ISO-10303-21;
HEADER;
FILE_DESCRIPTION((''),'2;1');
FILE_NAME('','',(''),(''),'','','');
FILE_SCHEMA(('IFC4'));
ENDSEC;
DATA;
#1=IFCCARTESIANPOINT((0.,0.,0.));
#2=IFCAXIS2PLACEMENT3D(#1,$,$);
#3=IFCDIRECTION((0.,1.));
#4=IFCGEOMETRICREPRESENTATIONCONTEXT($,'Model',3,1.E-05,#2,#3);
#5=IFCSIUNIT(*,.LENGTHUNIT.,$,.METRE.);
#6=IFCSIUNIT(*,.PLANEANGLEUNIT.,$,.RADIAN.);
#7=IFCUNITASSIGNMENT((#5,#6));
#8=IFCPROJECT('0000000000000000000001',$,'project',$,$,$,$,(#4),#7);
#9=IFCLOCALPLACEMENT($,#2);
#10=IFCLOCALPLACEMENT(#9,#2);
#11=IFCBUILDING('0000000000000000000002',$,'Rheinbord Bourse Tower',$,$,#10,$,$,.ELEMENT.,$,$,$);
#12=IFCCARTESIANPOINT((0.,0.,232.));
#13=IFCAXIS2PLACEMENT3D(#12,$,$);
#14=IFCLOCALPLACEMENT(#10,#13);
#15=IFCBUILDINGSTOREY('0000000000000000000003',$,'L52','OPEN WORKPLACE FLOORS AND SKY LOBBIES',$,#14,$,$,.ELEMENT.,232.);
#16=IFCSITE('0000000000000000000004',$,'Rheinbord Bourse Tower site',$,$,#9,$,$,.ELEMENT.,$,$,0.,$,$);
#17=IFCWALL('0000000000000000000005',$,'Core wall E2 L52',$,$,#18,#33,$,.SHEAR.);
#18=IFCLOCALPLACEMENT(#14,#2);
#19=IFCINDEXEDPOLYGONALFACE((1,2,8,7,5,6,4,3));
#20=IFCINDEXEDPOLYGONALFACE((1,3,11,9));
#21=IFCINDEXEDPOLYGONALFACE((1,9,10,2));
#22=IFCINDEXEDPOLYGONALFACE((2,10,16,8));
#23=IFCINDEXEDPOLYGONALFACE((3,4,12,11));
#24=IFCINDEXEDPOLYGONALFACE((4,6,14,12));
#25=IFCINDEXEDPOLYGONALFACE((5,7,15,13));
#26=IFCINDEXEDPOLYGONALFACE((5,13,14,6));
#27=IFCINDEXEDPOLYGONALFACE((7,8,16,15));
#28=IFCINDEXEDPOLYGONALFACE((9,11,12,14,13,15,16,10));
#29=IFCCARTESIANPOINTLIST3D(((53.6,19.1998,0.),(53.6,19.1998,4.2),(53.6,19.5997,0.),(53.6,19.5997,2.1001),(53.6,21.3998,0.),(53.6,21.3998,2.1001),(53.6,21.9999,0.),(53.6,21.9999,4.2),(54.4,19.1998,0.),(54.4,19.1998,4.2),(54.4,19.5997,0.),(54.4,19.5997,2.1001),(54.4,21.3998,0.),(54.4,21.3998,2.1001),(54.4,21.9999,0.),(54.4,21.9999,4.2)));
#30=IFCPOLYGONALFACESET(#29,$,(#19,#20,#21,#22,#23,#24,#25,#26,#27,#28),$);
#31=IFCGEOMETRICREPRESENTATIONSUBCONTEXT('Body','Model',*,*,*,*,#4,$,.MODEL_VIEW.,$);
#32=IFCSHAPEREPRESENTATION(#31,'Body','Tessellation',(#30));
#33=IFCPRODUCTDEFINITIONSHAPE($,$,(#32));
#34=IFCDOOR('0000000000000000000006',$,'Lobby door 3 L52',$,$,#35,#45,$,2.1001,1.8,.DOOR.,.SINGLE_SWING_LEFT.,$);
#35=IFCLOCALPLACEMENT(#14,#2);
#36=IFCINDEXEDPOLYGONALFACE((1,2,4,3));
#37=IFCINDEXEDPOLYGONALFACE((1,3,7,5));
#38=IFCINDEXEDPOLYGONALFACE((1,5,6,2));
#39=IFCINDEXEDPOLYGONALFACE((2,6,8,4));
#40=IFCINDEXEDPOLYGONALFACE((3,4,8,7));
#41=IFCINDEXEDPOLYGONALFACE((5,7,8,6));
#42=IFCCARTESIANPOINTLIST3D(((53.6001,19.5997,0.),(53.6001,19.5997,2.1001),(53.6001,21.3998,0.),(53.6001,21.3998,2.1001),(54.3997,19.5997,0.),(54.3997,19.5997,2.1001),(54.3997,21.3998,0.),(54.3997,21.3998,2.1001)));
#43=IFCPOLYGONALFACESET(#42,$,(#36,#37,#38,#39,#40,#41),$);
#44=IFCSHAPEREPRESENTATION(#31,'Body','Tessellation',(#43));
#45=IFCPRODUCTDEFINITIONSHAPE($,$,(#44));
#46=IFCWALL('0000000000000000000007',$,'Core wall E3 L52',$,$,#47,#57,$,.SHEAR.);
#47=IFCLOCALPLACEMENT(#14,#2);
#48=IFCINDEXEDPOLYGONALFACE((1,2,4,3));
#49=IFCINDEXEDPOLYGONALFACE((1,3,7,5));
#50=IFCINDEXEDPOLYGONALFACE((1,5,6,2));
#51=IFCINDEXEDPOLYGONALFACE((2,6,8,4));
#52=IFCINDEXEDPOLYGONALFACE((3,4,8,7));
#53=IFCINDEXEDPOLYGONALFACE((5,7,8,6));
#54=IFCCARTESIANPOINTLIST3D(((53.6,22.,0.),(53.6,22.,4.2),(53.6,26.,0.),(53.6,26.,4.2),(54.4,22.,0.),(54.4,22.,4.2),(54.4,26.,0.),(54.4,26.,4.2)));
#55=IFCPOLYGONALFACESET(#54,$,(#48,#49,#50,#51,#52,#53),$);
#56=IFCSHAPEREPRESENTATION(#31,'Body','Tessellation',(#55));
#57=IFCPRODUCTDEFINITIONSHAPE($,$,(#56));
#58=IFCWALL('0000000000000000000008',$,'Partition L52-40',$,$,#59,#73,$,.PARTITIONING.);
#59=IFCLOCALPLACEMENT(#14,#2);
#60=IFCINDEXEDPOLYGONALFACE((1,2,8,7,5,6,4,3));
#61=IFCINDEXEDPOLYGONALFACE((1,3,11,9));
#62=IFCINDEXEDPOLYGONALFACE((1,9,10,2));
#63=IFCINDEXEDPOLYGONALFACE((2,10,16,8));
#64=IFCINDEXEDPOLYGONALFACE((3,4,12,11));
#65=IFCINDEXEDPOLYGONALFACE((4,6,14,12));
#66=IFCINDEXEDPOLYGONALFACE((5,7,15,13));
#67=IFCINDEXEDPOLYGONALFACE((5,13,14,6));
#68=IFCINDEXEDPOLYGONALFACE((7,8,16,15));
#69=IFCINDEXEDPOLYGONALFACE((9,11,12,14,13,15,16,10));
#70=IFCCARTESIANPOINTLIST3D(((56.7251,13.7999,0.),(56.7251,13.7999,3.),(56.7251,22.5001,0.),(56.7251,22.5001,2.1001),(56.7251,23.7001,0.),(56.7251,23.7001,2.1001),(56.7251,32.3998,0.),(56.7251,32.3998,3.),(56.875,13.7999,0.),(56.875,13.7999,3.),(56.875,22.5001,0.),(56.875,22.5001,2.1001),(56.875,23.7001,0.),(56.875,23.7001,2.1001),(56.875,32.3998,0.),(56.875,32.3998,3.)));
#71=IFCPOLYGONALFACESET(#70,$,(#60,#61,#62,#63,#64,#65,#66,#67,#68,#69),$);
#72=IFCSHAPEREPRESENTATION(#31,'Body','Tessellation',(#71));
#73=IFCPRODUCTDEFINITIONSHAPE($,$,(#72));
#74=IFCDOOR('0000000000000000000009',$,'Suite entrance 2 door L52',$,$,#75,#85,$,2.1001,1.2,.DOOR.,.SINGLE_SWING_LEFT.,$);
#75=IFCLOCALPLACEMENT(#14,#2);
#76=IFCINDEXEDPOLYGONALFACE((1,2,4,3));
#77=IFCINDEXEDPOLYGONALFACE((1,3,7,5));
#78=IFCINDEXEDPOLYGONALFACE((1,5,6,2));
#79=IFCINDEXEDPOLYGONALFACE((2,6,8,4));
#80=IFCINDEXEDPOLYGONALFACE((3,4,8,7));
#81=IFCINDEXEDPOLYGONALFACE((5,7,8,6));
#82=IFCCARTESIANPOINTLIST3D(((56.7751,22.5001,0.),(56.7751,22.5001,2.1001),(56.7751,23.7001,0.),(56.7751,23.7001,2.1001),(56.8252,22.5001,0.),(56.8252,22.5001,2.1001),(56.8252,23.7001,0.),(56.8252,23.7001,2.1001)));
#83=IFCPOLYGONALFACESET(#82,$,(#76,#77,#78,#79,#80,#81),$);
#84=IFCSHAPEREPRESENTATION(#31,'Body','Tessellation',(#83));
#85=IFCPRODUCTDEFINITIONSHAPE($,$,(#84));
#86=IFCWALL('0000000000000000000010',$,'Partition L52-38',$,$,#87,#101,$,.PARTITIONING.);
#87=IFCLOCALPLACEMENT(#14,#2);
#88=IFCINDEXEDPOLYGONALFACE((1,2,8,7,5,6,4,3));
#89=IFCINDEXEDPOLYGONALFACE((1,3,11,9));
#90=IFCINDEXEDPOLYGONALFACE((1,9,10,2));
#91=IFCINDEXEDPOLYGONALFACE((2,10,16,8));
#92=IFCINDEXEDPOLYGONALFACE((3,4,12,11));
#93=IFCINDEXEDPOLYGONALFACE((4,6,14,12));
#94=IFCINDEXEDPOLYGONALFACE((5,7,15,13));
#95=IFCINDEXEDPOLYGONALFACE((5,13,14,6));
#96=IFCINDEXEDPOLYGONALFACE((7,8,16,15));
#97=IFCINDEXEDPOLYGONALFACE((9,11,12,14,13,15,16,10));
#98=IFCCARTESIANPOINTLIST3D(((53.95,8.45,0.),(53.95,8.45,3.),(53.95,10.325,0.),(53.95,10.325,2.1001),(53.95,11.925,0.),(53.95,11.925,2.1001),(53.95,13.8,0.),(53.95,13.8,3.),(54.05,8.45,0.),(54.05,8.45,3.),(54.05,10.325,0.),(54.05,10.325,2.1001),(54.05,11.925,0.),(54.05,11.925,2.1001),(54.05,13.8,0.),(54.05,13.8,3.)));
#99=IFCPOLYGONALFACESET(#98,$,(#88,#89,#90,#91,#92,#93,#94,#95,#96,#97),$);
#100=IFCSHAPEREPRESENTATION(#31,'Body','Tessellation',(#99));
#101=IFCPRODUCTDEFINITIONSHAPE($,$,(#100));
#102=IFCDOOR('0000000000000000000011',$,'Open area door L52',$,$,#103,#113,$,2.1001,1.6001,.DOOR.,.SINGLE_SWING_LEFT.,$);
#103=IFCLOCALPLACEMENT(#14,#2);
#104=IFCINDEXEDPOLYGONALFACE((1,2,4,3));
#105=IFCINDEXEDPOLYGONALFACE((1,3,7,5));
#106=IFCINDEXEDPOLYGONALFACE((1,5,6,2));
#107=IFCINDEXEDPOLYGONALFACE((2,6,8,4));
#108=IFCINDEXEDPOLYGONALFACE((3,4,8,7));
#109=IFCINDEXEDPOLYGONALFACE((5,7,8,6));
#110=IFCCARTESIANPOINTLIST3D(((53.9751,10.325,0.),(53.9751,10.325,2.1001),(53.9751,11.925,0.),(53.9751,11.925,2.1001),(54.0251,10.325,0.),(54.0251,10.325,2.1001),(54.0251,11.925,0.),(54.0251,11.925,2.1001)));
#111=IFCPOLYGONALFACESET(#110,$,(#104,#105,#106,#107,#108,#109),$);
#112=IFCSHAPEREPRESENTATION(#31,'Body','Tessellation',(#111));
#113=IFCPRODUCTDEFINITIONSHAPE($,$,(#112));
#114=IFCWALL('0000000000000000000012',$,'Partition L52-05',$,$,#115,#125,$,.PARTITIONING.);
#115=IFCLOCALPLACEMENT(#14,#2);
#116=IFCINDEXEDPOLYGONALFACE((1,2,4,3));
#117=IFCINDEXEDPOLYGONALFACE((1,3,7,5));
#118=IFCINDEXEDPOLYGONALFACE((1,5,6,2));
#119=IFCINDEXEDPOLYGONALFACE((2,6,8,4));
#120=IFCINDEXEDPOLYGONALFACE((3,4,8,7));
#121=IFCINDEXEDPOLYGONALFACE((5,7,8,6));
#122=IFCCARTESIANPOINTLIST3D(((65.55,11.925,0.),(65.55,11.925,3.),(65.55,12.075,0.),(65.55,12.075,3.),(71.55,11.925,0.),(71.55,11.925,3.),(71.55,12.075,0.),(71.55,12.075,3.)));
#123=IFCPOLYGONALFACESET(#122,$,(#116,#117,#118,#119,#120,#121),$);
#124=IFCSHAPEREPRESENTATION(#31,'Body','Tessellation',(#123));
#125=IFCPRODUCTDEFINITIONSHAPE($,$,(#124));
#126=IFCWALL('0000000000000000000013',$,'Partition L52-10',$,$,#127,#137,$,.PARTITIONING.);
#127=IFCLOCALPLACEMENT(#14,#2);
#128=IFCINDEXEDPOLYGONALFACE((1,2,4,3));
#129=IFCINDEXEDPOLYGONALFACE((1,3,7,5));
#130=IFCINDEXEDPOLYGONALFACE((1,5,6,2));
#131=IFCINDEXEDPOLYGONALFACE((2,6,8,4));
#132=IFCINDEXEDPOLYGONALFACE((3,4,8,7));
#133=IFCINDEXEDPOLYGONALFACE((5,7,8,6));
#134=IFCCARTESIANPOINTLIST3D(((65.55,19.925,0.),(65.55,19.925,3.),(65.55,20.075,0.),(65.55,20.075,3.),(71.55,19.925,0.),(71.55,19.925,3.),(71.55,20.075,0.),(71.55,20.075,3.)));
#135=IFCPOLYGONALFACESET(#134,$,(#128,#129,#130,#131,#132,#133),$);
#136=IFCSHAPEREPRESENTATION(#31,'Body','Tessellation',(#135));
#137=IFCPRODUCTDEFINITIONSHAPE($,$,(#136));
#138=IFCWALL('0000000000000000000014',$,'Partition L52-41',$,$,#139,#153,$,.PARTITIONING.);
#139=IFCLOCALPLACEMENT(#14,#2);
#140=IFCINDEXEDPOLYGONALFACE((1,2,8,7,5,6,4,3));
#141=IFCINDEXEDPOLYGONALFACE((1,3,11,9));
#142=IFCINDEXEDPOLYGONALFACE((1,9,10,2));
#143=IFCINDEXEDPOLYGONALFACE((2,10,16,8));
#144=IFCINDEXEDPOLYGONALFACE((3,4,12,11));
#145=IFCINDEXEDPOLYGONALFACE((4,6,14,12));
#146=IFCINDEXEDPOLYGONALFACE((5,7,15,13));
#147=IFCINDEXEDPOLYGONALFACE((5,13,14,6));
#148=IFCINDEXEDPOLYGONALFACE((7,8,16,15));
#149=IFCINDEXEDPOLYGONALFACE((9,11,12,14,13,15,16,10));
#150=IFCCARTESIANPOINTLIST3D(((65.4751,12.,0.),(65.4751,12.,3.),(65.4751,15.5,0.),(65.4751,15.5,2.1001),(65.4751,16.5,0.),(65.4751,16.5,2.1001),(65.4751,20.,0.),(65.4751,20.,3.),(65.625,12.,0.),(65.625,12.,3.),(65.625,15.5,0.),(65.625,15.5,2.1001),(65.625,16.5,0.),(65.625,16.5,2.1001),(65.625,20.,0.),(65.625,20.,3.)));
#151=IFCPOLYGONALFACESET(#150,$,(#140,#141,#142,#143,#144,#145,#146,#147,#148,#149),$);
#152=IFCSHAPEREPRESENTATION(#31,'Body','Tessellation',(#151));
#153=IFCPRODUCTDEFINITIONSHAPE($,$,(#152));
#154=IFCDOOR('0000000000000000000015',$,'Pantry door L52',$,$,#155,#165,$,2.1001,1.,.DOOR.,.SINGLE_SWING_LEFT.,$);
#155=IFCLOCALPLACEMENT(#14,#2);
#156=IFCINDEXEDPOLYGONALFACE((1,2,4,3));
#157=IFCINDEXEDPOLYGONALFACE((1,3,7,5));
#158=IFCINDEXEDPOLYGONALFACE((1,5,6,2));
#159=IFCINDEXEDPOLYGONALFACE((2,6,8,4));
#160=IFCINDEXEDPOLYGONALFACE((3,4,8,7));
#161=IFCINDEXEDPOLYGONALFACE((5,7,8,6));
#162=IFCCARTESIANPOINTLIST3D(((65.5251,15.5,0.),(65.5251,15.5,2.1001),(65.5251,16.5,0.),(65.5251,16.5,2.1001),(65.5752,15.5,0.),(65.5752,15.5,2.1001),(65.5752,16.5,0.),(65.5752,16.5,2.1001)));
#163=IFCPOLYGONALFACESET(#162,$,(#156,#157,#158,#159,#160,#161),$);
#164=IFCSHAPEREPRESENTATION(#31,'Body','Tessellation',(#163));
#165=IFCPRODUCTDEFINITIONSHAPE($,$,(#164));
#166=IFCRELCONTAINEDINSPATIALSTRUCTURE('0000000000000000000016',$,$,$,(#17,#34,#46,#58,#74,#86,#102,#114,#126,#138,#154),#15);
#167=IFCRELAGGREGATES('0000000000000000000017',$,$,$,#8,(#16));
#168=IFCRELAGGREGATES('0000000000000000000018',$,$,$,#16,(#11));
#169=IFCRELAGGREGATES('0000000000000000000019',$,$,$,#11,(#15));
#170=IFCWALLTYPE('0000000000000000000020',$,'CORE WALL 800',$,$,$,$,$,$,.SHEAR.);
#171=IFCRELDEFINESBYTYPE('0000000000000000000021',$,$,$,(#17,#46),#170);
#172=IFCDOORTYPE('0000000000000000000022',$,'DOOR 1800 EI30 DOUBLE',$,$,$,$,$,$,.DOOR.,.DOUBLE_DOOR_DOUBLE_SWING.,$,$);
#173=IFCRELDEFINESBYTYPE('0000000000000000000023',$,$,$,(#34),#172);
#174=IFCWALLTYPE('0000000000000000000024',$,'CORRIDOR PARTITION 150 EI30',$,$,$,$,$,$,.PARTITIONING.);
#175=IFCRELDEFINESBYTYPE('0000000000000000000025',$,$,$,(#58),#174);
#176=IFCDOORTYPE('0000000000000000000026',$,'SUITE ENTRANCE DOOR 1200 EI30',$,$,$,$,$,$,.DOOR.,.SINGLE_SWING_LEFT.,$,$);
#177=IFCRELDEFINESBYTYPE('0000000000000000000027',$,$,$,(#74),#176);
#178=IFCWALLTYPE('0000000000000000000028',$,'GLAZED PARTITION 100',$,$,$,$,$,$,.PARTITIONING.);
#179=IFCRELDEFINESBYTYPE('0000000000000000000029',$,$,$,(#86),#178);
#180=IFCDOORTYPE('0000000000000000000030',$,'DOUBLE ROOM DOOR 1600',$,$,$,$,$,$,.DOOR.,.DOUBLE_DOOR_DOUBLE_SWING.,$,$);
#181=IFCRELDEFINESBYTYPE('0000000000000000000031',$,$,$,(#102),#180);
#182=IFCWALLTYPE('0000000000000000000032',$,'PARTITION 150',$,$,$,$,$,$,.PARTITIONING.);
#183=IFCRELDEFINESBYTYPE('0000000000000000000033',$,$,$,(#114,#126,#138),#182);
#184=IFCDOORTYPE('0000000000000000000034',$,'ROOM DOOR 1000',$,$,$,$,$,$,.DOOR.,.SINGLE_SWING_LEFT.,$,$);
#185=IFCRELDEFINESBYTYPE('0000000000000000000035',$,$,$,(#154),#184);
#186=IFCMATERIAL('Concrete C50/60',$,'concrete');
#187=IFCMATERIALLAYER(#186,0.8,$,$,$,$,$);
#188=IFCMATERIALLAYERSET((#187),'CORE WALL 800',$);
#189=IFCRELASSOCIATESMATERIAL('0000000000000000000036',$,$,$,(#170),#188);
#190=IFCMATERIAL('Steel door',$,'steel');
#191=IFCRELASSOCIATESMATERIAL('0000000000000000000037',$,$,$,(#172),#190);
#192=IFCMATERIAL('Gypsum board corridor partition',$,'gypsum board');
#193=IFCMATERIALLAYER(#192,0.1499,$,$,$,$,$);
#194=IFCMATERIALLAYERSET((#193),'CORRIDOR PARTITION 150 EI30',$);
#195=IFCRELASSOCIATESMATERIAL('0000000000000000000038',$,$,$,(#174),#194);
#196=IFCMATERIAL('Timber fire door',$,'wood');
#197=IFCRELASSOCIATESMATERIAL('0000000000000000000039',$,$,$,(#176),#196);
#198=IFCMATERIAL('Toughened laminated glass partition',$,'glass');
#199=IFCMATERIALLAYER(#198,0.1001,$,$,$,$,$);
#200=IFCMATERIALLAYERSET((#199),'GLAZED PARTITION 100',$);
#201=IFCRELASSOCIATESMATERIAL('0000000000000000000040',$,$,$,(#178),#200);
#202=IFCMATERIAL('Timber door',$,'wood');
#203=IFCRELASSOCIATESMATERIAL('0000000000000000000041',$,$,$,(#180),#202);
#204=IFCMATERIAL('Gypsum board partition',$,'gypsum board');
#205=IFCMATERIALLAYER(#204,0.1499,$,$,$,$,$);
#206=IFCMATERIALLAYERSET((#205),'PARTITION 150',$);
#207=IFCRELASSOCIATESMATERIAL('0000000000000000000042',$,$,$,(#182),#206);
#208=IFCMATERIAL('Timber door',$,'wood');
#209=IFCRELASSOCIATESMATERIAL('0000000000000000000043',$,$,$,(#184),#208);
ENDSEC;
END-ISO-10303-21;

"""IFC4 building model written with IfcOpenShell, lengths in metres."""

from ifc_helpers import new_model, si_unit, direction, frame, frame_2d, origin, place, context, subcontext, project, spatial, rectangle, extrude, material, layer, layer_set, type_object, element, fill, save


model = new_model("IFC4")

# Units and contexts
model_context = context("Model", 3, precision=1e-05, world=origin(), true_north=direction((0.0, 1.0)))
body_context = subcontext(model_context, "Body", "Model", "MODEL_VIEW")
ifc_project = project(units=[si_unit("LENGTHUNIT", "METRE"), si_unit("PLANEANGLEUNIT", "RADIAN")], contexts=[model_context])

# Site, building, storey
site_placement = place(None, origin())
site = spatial("IfcSite", under=ifc_project, at=site_placement, Name="Rheinbord Bourse Tower site", CompositionType="ELEMENT", RefElevation=0.0)
building_placement = place(site_placement, origin())
building = spatial("IfcBuilding", under=site, at=building_placement, Name="Rheinbord Bourse Tower", CompositionType="ELEMENT")
storey_placement = place(building_placement, frame((0.0, 0.0, 232.0)))
storey = spatial("IfcBuildingStorey", under=building, at=storey_placement, Name="L52", Description="OPEN WORKPLACE FLOORS AND SKY LOBBIES", CompositionType="ELEMENT", Elevation=232.0)

# Shared definitions
ifc_material_1 = material(Name="Concrete C50/60", Category="concrete")
ifc_layer_1 = layer(ifc_material_1, 0.8)
ifc_layer_set_1 = layer_set([ifc_layer_1], Name="CORE WALL 800")
wall_type_1 = type_object("IfcWallType", Name="CORE WALL 800", PredefinedType="SHEAR", material=ifc_layer_set_1)

# Wall, opening, door
wall_1_placement = place(storey_placement, frame((54.0, 19.2, 0.0), z_axis=(0.0, 0.0, 1.0), x_axis=(0.0, 1.0, 0.0)))
wall_1 = element("IfcWall", 1, at=wall_1_placement, inside=storey, type_object=wall_type_1, Name="Core wall E2 L52", PredefinedType="SHEAR", context=body_context, shape_type="SweptSolid", body=[
    extrude(rectangle(XDim=2.8, YDim=0.8, at=frame_2d((1.3999, 0.0))), origin(), (0.0, 0.0, 1.0), 4.2),
])
opening_1_placement = place(wall_1_placement, frame((0.3999, 0.0, 0.0)))
opening_1 = element("IfcOpeningElement", 2, at=opening_1_placement, cuts=wall_1, PredefinedType="OPENING", context=body_context, shape_type="SweptSolid", body=[
    extrude(rectangle(XDim=1.8, YDim=2.1001, at=frame_2d((0.8999, 1.05))), frame((0.0, 0.4099, 0.0), z_axis=(0.0, -1.0, 0.0), x_axis=(1.0, 0.0, 0.0)), (0.0, 0.0, 1.0), 0.8201),
])
ifc_material_2 = material(Name="Steel door", Category="steel")
door_type_1 = type_object("IfcDoorType", Name="DOOR 1800 EI30 DOUBLE", OperationType="DOUBLE_DOOR_DOUBLE_SWING", PredefinedType="DOOR", material=ifc_material_2)
door_1_placement = place(opening_1_placement, origin())
door_1 = element("IfcDoor", 3, at=door_1_placement, inside=storey, type_object=door_type_1, Name="Lobby door 3 L52", OperationType="SINGLE_SWING_LEFT", OverallHeight=2.1001, OverallWidth=1.8, PredefinedType="DOOR", context=body_context, shape_type="SweptSolid", body=[
    extrude(rectangle(XDim=1.8, YDim=2.1001, at=frame_2d((0.8999, 1.05))), frame((0.0, 0.3999, 0.0), z_axis=(0.0, -1.0, 0.0), x_axis=(1.0, 0.0, 0.0)), (0.0, 0.0, 1.0), 0.7996),
])
fill(opening_1, door_1)

# Wall
wall_2_placement = place(storey_placement, frame((54.0, 22.0, 0.0), z_axis=(0.0, 0.0, 1.0), x_axis=(0.0, 1.0, 0.0)))
element("IfcWall", 4, at=wall_2_placement, inside=storey, type_object=wall_type_1, Name="Core wall E3 L52", PredefinedType="SHEAR", context=body_context, shape_type="SweptSolid", body=[
    extrude(rectangle(XDim=4.0, YDim=0.8, at=frame_2d((2.0, 0.0))), origin(), (0.0, 0.0, 1.0), 4.2),
])

# Walls, openings, doors
ifc_material_3 = material(Name="Gypsum board corridor partition", Category="gypsum board")
ifc_layer_2 = layer(ifc_material_3, 0.1499)
ifc_layer_set_2 = layer_set([ifc_layer_2], Name="CORRIDOR PARTITION 150 EI30")
wall_type_2 = type_object("IfcWallType", Name="CORRIDOR PARTITION 150 EI30", PredefinedType="PARTITIONING", material=ifc_layer_set_2)
wall_3_placement = place(storey_placement, frame((56.8, 13.8, 0.0), z_axis=(0.0, 0.0, 1.0), x_axis=(0.0, 1.0, 0.0)))
wall_3 = element("IfcWall", 5, at=wall_3_placement, inside=storey, type_object=wall_type_2, Name="Partition L52-40", PredefinedType="PARTITIONING", context=body_context, shape_type="SweptSolid", body=[
    extrude(rectangle(XDim=18.5999, YDim=0.1499, at=frame_2d((9.2998, 0.0))), origin(), (0.0, 0.0, 1.0), 3.0),
])
opening_2_placement = place(wall_3_placement, frame((8.7, 0.0, 0.0)))
opening_2 = element("IfcOpeningElement", 6, at=opening_2_placement, cuts=wall_3, PredefinedType="OPENING", context=body_context, shape_type="SweptSolid", body=[
    extrude(rectangle(XDim=1.2, YDim=2.1001, at=frame_2d((0.6001, 1.05))), frame((0.0, 0.085, 0.0), z_axis=(0.0, -1.0, 0.0), x_axis=(1.0, 0.0, 0.0)), (0.0, 0.0, 1.0), 0.1699),
])
ifc_material_4 = material(Name="Timber fire door", Category="wood")
door_type_2 = type_object("IfcDoorType", Name="SUITE ENTRANCE DOOR 1200 EI30", OperationType="SINGLE_SWING_LEFT", PredefinedType="DOOR", material=ifc_material_4)
door_2_placement = place(opening_2_placement, origin())
door_2 = element("IfcDoor", 7, at=door_2_placement, inside=storey, type_object=door_type_2, Name="Suite entrance 2 door L52", OperationType="SINGLE_SWING_LEFT", OverallHeight=2.1001, OverallWidth=1.2, PredefinedType="DOOR", context=body_context, shape_type="SweptSolid", body=[
    extrude(rectangle(XDim=1.2, YDim=2.1001, at=frame_2d((0.6001, 1.05))), frame((0.0, 0.0249, 0.0), z_axis=(0.0, -1.0, 0.0), x_axis=(1.0, 0.0, 0.0)), (0.0, 0.0, 1.0), 0.05),
])
fill(opening_2, door_2)
ifc_material_5 = material(Name="Toughened laminated glass partition", Category="glass")
ifc_layer_3 = layer(ifc_material_5, 0.1001)
ifc_layer_set_3 = layer_set([ifc_layer_3], Name="GLAZED PARTITION 100")
wall_type_3 = type_object("IfcWallType", Name="GLAZED PARTITION 100", PredefinedType="PARTITIONING", material=ifc_layer_set_3)
wall_4_placement = place(storey_placement, frame((54.0, 8.45, 0.0), z_axis=(0.0, 0.0, 1.0), x_axis=(0.0, 1.0, 0.0)))
wall_4 = element("IfcWall", 8, at=wall_4_placement, inside=storey, type_object=wall_type_3, Name="Partition L52-38", PredefinedType="PARTITIONING", context=body_context, shape_type="SweptSolid", body=[
    extrude(rectangle(XDim=5.3501, YDim=0.1001, at=frame_2d((2.675, 0.0))), origin(), (0.0, 0.0, 1.0), 3.0),
])
opening_3_placement = place(wall_4_placement, frame((1.875, 0.0, 0.0)))
opening_3 = element("IfcOpeningElement", 9, at=opening_3_placement, cuts=wall_4, PredefinedType="OPENING", context=body_context, shape_type="SweptSolid", body=[
    extrude(rectangle(XDim=1.6001, YDim=2.1001, at=frame_2d((0.8, 1.05))), frame((0.0, 0.0601, 0.0), z_axis=(0.0, -1.0, 0.0), x_axis=(1.0, 0.0, 0.0)), (0.0, 0.0, 1.0), 0.1201),
])
ifc_material_6 = material(Name="Timber door", Category="wood")
door_type_3 = type_object("IfcDoorType", Name="DOUBLE ROOM DOOR 1600", OperationType="DOUBLE_DOOR_DOUBLE_SWING", PredefinedType="DOOR", material=ifc_material_6)
door_3_placement = place(opening_3_placement, origin())
door_3 = element("IfcDoor", 10, at=door_3_placement, inside=storey, type_object=door_type_3, Name="Open area door L52", OperationType="SINGLE_SWING_LEFT", OverallHeight=2.1001, OverallWidth=1.6001, PredefinedType="DOOR", context=body_context, shape_type="SweptSolid", body=[
    extrude(rectangle(XDim=1.6001, YDim=2.1001, at=frame_2d((0.8, 1.05))), frame((0.0, 0.0249, 0.0), z_axis=(0.0, -1.0, 0.0), x_axis=(1.0, 0.0, 0.0)), (0.0, 0.0, 1.0), 0.05),
])
fill(opening_3, door_3)

# Walls
ifc_material_7 = material(Name="Gypsum board partition", Category="gypsum board")
ifc_layer_4 = layer(ifc_material_7, 0.1499)
ifc_layer_set_4 = layer_set([ifc_layer_4], Name="PARTITION 150")
wall_type_4 = type_object("IfcWallType", Name="PARTITION 150", PredefinedType="PARTITIONING", material=ifc_layer_set_4)
for number, where, z_axis, x_axis, name in (
    (11, (65.55, 12.0, 0.0), (0.0, 0.0, 1.0), (1.0, 0.0, 0.0), "Partition L52-05"),
    (12, (65.55, 20.0, 0.0), (0.0, 0.0, 1.0), (1.0, 0.0, 0.0), "Partition L52-10"),
):
    element("IfcWall", number, at=place(storey_placement, frame(where, z_axis=z_axis, x_axis=x_axis)), inside=storey, type_object=wall_type_4, Name=name, PredefinedType="PARTITIONING", context=body_context, shape_type="SweptSolid", body=[
        extrude(rectangle(XDim=6.0, YDim=0.1499, at=frame_2d((3.0, 0.0))), origin(), (0.0, 0.0, 1.0), 3.0),
    ])

# Wall, opening, door
wall_5_placement = place(storey_placement, frame((65.55, 12.0, 0.0), z_axis=(0.0, 0.0, 1.0), x_axis=(0.0, 1.0, 0.0)))
wall_5 = element("IfcWall", 13, at=wall_5_placement, inside=storey, type_object=wall_type_4, Name="Partition L52-41", PredefinedType="PARTITIONING", context=body_context, shape_type="SweptSolid", body=[
    extrude(rectangle(XDim=8.0, YDim=0.1499, at=frame_2d((4.0, 0.0))), origin(), (0.0, 0.0, 1.0), 3.0),
])
opening_4_placement = place(wall_5_placement, frame((3.5, 0.0, 0.0)))
opening_4 = element("IfcOpeningElement", 14, at=opening_4_placement, cuts=wall_5, PredefinedType="OPENING", context=body_context, shape_type="SweptSolid", body=[
    extrude(rectangle(XDim=1.0, YDim=2.1001, at=frame_2d((0.5, 1.05))), frame((0.0, 0.085, 0.0), z_axis=(0.0, -1.0, 0.0), x_axis=(1.0, 0.0, 0.0)), (0.0, 0.0, 1.0), 0.1699),
])
ifc_material_8 = material(Name="Timber door", Category="wood")
door_type_4 = type_object("IfcDoorType", Name="ROOM DOOR 1000", OperationType="SINGLE_SWING_LEFT", PredefinedType="DOOR", material=ifc_material_8)
door_4_placement = place(opening_4_placement, origin())
door_4 = element("IfcDoor", 15, at=door_4_placement, inside=storey, type_object=door_type_4, Name="Pantry door L52", OperationType="SINGLE_SWING_LEFT", OverallHeight=2.1001, OverallWidth=1.0, PredefinedType="DOOR", context=body_context, shape_type="SweptSolid", body=[
    extrude(rectangle(XDim=1.0, YDim=2.1001, at=frame_2d((0.5, 1.05))), frame((0.0, 0.0249, 0.0), z_axis=(0.0, -1.0, 0.0), x_axis=(1.0, 0.0, 0.0)), (0.0, 0.0, 1.0), 0.05),
])
fill(opening_4, door_4)

save(model, "model.ifc")
